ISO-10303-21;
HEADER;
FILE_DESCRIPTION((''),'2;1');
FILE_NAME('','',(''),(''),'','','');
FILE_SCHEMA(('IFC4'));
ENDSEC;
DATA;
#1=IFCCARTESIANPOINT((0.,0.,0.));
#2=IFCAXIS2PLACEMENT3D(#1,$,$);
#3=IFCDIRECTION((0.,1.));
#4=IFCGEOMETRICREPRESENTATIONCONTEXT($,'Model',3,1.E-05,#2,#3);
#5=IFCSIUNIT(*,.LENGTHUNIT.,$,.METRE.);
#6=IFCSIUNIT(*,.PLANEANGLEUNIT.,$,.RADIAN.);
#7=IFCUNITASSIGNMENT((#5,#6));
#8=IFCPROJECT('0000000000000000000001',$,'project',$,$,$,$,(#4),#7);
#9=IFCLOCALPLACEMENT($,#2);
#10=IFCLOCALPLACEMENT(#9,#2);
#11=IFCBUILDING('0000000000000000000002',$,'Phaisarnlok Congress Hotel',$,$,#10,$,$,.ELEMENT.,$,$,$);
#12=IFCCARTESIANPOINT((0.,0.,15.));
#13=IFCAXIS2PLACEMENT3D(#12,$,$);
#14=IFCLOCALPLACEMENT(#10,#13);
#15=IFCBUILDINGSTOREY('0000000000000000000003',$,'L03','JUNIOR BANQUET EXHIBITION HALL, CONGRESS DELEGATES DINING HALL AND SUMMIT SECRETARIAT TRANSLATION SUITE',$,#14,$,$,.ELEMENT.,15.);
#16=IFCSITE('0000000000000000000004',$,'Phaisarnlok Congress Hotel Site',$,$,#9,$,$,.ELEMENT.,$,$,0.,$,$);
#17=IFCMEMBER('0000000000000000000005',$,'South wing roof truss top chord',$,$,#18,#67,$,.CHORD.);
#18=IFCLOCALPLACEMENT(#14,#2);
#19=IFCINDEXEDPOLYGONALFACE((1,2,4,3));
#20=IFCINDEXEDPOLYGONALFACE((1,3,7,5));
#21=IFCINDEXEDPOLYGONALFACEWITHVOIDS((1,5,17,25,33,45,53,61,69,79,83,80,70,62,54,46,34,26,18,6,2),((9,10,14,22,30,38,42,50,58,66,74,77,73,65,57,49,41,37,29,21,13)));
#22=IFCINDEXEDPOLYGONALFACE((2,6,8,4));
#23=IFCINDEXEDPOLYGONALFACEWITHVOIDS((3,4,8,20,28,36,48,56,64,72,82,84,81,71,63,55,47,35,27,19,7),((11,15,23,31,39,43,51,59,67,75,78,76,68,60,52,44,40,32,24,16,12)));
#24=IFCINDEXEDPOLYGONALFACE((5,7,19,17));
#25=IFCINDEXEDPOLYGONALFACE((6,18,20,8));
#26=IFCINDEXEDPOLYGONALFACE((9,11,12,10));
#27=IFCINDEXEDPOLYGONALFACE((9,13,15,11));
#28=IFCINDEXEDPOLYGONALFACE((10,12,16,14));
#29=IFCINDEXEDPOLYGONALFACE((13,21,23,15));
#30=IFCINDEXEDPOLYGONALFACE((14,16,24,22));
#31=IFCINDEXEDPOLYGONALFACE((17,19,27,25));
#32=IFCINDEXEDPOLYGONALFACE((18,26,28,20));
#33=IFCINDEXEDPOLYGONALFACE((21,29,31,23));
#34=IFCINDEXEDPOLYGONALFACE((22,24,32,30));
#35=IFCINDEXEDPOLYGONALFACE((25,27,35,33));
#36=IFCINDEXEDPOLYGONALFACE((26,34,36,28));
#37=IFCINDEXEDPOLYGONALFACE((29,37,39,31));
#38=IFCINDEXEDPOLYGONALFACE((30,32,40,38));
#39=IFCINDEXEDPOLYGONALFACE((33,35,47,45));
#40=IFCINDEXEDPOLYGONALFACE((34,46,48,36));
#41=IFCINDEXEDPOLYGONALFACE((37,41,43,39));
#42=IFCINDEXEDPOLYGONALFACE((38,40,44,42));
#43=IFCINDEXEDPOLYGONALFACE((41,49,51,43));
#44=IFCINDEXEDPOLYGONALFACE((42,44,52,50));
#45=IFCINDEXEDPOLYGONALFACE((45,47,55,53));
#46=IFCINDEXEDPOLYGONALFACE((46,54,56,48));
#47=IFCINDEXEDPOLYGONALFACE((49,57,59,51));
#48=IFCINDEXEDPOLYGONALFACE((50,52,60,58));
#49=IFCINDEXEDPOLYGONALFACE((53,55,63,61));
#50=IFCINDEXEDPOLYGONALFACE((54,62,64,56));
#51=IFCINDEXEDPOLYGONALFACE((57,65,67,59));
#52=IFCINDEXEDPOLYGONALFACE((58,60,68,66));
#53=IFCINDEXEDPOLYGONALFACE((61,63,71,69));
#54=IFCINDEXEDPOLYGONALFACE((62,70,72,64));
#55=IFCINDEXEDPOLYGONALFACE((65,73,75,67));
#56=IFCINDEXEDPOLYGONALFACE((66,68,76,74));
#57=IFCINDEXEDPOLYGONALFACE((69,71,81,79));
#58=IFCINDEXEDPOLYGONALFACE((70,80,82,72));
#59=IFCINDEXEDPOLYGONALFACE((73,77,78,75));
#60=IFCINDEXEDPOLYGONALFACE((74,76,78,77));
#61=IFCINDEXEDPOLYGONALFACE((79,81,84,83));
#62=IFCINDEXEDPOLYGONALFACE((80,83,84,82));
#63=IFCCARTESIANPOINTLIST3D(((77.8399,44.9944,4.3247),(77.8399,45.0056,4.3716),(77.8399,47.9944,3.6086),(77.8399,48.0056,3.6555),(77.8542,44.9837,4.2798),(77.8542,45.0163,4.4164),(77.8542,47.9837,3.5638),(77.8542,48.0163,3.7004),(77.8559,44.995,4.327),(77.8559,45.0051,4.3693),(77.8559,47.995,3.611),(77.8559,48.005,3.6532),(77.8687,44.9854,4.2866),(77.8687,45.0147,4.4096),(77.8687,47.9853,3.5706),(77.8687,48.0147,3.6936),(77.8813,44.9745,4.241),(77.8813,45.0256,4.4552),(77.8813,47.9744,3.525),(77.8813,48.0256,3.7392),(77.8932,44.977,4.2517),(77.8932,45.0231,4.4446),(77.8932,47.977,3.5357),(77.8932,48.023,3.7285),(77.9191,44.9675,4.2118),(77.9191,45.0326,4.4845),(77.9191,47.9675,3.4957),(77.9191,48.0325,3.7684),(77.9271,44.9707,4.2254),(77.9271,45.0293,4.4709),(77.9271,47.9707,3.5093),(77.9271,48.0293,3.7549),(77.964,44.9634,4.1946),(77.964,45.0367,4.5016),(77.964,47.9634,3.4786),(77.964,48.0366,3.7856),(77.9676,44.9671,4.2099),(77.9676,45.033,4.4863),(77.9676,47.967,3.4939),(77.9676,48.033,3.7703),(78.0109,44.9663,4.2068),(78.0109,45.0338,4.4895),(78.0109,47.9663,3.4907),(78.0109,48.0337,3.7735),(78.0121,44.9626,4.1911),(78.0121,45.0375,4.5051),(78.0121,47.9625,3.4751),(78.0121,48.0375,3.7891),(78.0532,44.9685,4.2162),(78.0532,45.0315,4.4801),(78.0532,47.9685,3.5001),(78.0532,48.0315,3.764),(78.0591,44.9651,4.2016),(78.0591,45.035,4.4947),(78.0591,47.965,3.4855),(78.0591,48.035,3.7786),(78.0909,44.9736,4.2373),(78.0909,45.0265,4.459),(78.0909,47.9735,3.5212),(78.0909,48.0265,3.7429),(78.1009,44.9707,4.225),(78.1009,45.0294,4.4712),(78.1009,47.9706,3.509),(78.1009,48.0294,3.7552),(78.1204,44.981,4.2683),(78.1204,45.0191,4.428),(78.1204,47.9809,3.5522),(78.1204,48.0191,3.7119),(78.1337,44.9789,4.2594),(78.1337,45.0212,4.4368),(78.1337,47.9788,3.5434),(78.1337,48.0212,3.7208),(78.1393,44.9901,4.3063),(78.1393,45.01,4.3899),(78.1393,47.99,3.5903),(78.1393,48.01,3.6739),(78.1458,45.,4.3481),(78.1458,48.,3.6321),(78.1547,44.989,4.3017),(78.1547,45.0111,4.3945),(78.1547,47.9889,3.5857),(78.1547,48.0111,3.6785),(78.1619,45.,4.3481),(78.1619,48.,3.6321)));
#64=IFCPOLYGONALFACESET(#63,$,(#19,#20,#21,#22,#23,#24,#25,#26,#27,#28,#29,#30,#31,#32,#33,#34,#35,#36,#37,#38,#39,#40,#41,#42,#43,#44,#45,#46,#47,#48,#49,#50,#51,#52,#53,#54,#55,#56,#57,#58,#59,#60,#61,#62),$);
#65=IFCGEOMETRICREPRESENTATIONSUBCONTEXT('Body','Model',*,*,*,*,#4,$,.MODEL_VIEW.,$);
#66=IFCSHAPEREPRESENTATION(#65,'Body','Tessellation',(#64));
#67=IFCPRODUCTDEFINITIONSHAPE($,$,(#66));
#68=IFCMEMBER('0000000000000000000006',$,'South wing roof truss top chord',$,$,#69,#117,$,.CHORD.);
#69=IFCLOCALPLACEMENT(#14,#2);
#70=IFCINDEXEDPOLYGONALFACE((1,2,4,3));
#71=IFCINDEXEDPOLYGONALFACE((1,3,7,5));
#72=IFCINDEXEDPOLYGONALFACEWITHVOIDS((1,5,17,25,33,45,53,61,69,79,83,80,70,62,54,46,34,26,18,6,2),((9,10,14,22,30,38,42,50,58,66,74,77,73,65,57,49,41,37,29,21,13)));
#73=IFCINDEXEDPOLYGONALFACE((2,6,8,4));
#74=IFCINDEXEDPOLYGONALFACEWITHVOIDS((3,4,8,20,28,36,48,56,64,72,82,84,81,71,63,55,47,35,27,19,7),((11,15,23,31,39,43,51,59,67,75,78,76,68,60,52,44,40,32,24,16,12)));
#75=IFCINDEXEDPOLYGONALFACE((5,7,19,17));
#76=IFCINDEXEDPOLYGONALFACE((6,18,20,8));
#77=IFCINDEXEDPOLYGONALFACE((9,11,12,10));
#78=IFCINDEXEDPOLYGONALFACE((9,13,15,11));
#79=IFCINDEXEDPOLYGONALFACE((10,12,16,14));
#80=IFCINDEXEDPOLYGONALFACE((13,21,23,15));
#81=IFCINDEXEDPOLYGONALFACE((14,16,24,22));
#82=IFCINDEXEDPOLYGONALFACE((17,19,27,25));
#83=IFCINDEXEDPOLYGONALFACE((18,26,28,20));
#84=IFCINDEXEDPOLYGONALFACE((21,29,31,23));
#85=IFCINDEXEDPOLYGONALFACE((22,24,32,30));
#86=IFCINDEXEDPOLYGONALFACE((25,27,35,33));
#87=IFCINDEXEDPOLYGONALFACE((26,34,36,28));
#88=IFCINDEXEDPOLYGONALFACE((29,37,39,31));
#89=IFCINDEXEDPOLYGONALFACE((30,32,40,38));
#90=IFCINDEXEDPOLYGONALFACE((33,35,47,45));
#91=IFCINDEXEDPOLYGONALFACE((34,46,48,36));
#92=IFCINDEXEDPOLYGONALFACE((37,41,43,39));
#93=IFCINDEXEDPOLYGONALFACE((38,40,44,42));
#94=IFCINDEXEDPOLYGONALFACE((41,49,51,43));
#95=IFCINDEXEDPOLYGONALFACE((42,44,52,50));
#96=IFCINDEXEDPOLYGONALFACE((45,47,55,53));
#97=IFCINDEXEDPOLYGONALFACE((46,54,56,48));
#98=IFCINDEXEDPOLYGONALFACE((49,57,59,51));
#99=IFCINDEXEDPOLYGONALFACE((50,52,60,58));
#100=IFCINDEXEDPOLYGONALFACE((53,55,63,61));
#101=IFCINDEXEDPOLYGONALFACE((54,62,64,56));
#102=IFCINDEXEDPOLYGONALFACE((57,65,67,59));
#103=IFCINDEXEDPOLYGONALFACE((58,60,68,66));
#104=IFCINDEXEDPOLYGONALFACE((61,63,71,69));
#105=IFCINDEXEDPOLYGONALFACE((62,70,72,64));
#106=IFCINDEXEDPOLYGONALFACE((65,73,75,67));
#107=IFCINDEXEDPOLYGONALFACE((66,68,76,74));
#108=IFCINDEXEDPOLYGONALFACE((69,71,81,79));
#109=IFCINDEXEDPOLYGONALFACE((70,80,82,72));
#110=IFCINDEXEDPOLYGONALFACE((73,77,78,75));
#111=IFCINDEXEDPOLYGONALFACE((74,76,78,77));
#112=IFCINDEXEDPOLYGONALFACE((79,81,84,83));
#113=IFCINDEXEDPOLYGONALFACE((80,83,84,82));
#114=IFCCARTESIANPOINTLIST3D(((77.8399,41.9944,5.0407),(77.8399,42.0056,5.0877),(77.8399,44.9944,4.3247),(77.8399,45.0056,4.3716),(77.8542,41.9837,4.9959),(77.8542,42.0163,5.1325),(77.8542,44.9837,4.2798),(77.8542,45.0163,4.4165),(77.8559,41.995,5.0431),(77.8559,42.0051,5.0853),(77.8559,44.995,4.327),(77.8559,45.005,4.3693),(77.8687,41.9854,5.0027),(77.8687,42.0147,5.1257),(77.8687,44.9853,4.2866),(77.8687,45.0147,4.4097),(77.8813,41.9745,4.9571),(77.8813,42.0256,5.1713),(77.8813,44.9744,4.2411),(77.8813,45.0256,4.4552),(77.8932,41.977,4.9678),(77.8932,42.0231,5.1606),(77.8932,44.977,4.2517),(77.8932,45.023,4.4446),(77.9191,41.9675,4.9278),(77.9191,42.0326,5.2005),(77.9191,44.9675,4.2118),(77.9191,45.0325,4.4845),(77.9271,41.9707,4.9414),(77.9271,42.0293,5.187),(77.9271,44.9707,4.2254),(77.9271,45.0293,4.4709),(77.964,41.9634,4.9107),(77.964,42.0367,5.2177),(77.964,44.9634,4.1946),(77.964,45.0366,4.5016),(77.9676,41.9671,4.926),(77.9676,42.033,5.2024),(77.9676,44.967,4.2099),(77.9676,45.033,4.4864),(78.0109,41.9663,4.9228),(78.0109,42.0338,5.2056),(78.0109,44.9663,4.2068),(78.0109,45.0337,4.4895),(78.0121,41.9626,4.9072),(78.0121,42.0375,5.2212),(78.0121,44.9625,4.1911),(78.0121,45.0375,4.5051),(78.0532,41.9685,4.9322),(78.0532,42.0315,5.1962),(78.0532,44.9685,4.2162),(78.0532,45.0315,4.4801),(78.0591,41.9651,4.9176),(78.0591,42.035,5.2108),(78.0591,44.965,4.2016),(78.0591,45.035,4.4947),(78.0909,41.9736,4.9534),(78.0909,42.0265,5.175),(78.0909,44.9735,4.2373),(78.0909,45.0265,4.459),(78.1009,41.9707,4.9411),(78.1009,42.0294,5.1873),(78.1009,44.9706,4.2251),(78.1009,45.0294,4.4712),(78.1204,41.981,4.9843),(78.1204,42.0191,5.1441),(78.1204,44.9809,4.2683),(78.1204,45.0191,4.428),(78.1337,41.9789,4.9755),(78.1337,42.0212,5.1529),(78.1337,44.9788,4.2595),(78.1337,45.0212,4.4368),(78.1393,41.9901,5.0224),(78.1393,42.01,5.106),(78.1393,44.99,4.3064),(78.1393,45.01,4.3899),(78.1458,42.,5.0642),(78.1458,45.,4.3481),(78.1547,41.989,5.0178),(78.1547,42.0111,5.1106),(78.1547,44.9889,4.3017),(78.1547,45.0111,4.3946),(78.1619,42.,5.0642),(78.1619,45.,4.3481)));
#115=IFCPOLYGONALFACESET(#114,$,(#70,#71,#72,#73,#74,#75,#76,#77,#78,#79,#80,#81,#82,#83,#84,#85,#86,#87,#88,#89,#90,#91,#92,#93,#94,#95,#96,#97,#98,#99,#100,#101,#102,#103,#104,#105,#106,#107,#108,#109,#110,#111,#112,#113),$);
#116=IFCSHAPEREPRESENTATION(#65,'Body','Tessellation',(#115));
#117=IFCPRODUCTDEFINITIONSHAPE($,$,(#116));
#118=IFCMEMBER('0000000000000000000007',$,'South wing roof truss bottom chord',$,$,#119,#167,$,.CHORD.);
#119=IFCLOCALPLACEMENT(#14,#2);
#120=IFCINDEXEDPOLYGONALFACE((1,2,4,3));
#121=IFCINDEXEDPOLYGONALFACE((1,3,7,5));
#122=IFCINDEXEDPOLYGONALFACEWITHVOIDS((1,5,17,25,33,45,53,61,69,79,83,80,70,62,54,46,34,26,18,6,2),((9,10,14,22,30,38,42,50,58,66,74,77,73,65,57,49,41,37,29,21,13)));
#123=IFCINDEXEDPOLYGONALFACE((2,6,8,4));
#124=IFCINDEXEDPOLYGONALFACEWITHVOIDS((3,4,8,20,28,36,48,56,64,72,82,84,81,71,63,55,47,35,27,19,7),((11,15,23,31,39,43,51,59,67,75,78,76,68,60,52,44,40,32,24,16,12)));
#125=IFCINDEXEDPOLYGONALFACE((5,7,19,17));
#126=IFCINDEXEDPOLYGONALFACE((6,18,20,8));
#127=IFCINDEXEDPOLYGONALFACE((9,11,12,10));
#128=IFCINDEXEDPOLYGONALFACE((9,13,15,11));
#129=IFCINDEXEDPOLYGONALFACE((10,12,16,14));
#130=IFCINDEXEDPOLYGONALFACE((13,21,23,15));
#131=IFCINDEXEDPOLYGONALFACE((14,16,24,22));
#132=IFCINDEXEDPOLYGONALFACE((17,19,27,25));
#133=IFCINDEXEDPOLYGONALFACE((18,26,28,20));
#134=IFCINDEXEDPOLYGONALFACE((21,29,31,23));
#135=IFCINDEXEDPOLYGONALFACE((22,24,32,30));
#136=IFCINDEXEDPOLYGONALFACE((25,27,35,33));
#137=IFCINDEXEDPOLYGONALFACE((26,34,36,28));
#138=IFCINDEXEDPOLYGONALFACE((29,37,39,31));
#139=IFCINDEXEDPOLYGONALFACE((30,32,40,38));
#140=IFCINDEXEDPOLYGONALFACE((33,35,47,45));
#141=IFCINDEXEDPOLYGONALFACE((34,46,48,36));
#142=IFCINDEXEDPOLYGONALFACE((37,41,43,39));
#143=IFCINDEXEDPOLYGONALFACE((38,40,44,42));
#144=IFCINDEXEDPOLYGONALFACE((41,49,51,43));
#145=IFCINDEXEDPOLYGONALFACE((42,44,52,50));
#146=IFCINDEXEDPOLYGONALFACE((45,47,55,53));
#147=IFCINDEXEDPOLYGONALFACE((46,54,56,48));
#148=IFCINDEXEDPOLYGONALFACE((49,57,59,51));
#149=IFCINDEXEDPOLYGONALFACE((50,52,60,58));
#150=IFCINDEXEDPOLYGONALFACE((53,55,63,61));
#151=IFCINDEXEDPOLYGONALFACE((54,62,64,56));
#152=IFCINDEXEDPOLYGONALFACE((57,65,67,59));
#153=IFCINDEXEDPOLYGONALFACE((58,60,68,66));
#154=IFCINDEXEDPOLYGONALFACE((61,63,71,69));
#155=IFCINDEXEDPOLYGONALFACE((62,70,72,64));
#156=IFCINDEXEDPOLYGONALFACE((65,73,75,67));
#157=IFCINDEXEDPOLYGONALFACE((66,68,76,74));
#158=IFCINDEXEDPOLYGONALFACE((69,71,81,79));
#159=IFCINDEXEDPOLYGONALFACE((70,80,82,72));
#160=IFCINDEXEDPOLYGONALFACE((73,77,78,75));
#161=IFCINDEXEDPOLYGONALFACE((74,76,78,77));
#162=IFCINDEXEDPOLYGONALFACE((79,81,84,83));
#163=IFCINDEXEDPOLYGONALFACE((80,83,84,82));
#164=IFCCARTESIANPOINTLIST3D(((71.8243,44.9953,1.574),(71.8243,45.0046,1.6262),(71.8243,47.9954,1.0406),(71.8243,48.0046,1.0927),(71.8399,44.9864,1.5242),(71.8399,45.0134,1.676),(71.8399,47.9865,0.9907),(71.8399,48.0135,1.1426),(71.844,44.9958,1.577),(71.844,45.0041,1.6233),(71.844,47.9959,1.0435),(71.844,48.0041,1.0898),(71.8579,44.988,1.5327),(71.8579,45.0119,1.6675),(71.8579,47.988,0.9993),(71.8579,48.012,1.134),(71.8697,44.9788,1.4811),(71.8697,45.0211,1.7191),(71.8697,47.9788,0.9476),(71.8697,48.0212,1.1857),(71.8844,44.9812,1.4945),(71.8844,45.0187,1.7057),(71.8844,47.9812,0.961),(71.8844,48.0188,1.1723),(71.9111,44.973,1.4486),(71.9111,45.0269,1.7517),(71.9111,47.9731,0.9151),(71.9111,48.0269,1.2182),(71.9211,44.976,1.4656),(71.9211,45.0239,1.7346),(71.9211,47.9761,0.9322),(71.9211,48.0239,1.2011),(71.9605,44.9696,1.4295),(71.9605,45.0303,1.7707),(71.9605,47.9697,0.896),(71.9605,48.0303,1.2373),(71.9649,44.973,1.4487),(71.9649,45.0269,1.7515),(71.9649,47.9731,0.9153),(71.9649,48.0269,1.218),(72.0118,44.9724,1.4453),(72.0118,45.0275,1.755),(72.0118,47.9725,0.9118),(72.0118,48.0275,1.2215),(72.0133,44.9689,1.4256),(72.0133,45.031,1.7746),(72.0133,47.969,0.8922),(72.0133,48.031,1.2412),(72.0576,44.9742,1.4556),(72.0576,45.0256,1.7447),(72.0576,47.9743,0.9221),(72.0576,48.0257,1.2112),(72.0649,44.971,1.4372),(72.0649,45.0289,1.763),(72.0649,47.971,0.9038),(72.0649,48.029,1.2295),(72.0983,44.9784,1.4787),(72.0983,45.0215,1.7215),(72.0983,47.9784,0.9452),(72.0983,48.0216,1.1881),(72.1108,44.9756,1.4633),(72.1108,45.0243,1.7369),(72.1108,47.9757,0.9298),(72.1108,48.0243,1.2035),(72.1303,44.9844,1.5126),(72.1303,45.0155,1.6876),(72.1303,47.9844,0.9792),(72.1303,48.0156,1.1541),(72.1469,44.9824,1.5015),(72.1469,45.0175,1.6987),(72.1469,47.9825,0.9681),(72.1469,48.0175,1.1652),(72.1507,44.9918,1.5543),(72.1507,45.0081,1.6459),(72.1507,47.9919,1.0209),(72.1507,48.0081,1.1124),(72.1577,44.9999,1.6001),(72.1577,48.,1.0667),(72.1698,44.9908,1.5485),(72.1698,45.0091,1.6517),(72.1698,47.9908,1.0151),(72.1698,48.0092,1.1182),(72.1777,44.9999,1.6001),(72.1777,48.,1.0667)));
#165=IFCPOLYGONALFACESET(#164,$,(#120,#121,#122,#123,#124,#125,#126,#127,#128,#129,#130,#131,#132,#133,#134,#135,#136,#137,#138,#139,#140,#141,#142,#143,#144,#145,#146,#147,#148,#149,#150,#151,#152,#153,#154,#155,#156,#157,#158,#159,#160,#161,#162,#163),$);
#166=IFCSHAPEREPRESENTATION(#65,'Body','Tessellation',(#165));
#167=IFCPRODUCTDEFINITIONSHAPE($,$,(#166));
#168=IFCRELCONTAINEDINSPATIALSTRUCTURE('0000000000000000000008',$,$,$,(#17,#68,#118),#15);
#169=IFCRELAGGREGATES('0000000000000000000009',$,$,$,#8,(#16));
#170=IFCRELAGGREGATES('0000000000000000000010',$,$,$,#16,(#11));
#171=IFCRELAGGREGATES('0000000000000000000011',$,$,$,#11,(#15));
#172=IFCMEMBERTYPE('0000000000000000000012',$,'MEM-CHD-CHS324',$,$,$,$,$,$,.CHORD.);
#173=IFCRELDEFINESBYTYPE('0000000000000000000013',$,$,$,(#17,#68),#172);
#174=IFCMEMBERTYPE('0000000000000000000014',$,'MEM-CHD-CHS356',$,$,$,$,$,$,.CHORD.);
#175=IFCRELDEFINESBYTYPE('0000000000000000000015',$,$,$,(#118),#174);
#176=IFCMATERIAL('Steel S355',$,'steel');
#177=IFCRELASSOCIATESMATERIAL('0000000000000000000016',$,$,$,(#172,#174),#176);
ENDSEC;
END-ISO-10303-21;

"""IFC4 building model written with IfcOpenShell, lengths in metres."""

from ifc_helpers import new_model, si_unit, direction, frame, origin, origin_2d, place, context, subcontext, project, spatial, hollow_circle, extrude, material, material_profile, profile_set, type_object, element, save


model = new_model("IFC4")

# Units and contexts
model_context = context("Model", 3, precision=1e-05, world=origin(), true_north=direction((0.0, 1.0)))
body_context = subcontext(model_context, "Body", "Model", "MODEL_VIEW")
ifc_project = project(units=[si_unit("LENGTHUNIT", "METRE"), si_unit("PLANEANGLEUNIT", "RADIAN")], contexts=[model_context])

# Site, building, storey
site_placement = place(None, origin())
site = spatial("IfcSite", under=ifc_project, at=site_placement, Name="Phaisarnlok Congress Hotel Site", CompositionType="ELEMENT", RefElevation=0.0)
building_placement = place(site_placement, origin())
building = spatial("IfcBuilding", under=site, at=building_placement, Name="Phaisarnlok Congress Hotel", CompositionType="ELEMENT")
storey_placement = place(building_placement, frame((0.0, 0.0, 15.0)))
storey = spatial("IfcBuildingStorey", under=building, at=storey_placement, Name="L03", Description="JUNIOR BANQUET EXHIBITION HALL, CONGRESS DELEGATES DINING HALL AND SUMMIT SECRETARIAT TRANSLATION SUITE", CompositionType="ELEMENT", Elevation=15.0)

# Shared definitions
ifc_material = material(Name="Steel S355", Category="steel")

# Members
ifc_material_profile_1 = material_profile(ifc_material, hollow_circle(Radius=0.1619, WallThickness=0.0161, at=origin_2d()), Name="CHS 323.9x16")
ifc_profile_set_1 = profile_set([ifc_material_profile_1], Name="Steel S355")
member_type_1 = type_object("IfcMemberType", Name="MEM-CHD-CHS324", PredefinedType="CHORD", material=ifc_profile_set_1)
for number, where, z_axis, x_axis, name in (
    (1, (78.0, 48.0, 3.6321), (0.0, -0.972676, 0.232166), (1.0, 0.0, 0.0), "South wing roof truss top chord"),
    (2, (78.0, 45.0, 4.3481), (0.0, -0.972676, 0.232166), (1.0, 0.0, 0.0), "South wing roof truss top chord"),
):
    element("IfcMember", number, at=place(storey_placement, frame(where, z_axis=z_axis, x_axis=x_axis)), inside=storey, type_object=member_type_1, Name=name, PredefinedType="CHORD", context=body_context, shape_type="SweptSolid", body=[
        extrude(hollow_circle(Radius=0.1619, WallThickness=0.0161, at=origin_2d()), origin(), (0.0, 0.0, 1.0), 3.0842),
    ])
ifc_material_profile_2 = material_profile(ifc_material, hollow_circle(Radius=0.1777, WallThickness=0.02, at=origin_2d()), Name="CHS 355.6x20")
ifc_profile_set_2 = profile_set([ifc_material_profile_2], Name="Steel S355")
member_type_2 = type_object("IfcMemberType", Name="MEM-CHD-CHS356", PredefinedType="CHORD", material=ifc_profile_set_2)
for number, where, z_axis, x_axis, name in (
    (3, (72.0, 48.0, 1.0667), (0.0, -0.984556, 0.17507), (1.0, 0.0, 0.0), "South wing roof truss bottom chord"),
):
    element("IfcMember", number, at=place(storey_placement, frame(where, z_axis=z_axis, x_axis=x_axis)), inside=storey, type_object=member_type_2, Name=name, PredefinedType="CHORD", context=body_context, shape_type="SweptSolid", body=[
        extrude(hollow_circle(Radius=0.1777, WallThickness=0.02, at=origin_2d()), origin(), (0.0, 0.0, 1.0), 3.0471),
    ])

save(model, "model.ifc")
